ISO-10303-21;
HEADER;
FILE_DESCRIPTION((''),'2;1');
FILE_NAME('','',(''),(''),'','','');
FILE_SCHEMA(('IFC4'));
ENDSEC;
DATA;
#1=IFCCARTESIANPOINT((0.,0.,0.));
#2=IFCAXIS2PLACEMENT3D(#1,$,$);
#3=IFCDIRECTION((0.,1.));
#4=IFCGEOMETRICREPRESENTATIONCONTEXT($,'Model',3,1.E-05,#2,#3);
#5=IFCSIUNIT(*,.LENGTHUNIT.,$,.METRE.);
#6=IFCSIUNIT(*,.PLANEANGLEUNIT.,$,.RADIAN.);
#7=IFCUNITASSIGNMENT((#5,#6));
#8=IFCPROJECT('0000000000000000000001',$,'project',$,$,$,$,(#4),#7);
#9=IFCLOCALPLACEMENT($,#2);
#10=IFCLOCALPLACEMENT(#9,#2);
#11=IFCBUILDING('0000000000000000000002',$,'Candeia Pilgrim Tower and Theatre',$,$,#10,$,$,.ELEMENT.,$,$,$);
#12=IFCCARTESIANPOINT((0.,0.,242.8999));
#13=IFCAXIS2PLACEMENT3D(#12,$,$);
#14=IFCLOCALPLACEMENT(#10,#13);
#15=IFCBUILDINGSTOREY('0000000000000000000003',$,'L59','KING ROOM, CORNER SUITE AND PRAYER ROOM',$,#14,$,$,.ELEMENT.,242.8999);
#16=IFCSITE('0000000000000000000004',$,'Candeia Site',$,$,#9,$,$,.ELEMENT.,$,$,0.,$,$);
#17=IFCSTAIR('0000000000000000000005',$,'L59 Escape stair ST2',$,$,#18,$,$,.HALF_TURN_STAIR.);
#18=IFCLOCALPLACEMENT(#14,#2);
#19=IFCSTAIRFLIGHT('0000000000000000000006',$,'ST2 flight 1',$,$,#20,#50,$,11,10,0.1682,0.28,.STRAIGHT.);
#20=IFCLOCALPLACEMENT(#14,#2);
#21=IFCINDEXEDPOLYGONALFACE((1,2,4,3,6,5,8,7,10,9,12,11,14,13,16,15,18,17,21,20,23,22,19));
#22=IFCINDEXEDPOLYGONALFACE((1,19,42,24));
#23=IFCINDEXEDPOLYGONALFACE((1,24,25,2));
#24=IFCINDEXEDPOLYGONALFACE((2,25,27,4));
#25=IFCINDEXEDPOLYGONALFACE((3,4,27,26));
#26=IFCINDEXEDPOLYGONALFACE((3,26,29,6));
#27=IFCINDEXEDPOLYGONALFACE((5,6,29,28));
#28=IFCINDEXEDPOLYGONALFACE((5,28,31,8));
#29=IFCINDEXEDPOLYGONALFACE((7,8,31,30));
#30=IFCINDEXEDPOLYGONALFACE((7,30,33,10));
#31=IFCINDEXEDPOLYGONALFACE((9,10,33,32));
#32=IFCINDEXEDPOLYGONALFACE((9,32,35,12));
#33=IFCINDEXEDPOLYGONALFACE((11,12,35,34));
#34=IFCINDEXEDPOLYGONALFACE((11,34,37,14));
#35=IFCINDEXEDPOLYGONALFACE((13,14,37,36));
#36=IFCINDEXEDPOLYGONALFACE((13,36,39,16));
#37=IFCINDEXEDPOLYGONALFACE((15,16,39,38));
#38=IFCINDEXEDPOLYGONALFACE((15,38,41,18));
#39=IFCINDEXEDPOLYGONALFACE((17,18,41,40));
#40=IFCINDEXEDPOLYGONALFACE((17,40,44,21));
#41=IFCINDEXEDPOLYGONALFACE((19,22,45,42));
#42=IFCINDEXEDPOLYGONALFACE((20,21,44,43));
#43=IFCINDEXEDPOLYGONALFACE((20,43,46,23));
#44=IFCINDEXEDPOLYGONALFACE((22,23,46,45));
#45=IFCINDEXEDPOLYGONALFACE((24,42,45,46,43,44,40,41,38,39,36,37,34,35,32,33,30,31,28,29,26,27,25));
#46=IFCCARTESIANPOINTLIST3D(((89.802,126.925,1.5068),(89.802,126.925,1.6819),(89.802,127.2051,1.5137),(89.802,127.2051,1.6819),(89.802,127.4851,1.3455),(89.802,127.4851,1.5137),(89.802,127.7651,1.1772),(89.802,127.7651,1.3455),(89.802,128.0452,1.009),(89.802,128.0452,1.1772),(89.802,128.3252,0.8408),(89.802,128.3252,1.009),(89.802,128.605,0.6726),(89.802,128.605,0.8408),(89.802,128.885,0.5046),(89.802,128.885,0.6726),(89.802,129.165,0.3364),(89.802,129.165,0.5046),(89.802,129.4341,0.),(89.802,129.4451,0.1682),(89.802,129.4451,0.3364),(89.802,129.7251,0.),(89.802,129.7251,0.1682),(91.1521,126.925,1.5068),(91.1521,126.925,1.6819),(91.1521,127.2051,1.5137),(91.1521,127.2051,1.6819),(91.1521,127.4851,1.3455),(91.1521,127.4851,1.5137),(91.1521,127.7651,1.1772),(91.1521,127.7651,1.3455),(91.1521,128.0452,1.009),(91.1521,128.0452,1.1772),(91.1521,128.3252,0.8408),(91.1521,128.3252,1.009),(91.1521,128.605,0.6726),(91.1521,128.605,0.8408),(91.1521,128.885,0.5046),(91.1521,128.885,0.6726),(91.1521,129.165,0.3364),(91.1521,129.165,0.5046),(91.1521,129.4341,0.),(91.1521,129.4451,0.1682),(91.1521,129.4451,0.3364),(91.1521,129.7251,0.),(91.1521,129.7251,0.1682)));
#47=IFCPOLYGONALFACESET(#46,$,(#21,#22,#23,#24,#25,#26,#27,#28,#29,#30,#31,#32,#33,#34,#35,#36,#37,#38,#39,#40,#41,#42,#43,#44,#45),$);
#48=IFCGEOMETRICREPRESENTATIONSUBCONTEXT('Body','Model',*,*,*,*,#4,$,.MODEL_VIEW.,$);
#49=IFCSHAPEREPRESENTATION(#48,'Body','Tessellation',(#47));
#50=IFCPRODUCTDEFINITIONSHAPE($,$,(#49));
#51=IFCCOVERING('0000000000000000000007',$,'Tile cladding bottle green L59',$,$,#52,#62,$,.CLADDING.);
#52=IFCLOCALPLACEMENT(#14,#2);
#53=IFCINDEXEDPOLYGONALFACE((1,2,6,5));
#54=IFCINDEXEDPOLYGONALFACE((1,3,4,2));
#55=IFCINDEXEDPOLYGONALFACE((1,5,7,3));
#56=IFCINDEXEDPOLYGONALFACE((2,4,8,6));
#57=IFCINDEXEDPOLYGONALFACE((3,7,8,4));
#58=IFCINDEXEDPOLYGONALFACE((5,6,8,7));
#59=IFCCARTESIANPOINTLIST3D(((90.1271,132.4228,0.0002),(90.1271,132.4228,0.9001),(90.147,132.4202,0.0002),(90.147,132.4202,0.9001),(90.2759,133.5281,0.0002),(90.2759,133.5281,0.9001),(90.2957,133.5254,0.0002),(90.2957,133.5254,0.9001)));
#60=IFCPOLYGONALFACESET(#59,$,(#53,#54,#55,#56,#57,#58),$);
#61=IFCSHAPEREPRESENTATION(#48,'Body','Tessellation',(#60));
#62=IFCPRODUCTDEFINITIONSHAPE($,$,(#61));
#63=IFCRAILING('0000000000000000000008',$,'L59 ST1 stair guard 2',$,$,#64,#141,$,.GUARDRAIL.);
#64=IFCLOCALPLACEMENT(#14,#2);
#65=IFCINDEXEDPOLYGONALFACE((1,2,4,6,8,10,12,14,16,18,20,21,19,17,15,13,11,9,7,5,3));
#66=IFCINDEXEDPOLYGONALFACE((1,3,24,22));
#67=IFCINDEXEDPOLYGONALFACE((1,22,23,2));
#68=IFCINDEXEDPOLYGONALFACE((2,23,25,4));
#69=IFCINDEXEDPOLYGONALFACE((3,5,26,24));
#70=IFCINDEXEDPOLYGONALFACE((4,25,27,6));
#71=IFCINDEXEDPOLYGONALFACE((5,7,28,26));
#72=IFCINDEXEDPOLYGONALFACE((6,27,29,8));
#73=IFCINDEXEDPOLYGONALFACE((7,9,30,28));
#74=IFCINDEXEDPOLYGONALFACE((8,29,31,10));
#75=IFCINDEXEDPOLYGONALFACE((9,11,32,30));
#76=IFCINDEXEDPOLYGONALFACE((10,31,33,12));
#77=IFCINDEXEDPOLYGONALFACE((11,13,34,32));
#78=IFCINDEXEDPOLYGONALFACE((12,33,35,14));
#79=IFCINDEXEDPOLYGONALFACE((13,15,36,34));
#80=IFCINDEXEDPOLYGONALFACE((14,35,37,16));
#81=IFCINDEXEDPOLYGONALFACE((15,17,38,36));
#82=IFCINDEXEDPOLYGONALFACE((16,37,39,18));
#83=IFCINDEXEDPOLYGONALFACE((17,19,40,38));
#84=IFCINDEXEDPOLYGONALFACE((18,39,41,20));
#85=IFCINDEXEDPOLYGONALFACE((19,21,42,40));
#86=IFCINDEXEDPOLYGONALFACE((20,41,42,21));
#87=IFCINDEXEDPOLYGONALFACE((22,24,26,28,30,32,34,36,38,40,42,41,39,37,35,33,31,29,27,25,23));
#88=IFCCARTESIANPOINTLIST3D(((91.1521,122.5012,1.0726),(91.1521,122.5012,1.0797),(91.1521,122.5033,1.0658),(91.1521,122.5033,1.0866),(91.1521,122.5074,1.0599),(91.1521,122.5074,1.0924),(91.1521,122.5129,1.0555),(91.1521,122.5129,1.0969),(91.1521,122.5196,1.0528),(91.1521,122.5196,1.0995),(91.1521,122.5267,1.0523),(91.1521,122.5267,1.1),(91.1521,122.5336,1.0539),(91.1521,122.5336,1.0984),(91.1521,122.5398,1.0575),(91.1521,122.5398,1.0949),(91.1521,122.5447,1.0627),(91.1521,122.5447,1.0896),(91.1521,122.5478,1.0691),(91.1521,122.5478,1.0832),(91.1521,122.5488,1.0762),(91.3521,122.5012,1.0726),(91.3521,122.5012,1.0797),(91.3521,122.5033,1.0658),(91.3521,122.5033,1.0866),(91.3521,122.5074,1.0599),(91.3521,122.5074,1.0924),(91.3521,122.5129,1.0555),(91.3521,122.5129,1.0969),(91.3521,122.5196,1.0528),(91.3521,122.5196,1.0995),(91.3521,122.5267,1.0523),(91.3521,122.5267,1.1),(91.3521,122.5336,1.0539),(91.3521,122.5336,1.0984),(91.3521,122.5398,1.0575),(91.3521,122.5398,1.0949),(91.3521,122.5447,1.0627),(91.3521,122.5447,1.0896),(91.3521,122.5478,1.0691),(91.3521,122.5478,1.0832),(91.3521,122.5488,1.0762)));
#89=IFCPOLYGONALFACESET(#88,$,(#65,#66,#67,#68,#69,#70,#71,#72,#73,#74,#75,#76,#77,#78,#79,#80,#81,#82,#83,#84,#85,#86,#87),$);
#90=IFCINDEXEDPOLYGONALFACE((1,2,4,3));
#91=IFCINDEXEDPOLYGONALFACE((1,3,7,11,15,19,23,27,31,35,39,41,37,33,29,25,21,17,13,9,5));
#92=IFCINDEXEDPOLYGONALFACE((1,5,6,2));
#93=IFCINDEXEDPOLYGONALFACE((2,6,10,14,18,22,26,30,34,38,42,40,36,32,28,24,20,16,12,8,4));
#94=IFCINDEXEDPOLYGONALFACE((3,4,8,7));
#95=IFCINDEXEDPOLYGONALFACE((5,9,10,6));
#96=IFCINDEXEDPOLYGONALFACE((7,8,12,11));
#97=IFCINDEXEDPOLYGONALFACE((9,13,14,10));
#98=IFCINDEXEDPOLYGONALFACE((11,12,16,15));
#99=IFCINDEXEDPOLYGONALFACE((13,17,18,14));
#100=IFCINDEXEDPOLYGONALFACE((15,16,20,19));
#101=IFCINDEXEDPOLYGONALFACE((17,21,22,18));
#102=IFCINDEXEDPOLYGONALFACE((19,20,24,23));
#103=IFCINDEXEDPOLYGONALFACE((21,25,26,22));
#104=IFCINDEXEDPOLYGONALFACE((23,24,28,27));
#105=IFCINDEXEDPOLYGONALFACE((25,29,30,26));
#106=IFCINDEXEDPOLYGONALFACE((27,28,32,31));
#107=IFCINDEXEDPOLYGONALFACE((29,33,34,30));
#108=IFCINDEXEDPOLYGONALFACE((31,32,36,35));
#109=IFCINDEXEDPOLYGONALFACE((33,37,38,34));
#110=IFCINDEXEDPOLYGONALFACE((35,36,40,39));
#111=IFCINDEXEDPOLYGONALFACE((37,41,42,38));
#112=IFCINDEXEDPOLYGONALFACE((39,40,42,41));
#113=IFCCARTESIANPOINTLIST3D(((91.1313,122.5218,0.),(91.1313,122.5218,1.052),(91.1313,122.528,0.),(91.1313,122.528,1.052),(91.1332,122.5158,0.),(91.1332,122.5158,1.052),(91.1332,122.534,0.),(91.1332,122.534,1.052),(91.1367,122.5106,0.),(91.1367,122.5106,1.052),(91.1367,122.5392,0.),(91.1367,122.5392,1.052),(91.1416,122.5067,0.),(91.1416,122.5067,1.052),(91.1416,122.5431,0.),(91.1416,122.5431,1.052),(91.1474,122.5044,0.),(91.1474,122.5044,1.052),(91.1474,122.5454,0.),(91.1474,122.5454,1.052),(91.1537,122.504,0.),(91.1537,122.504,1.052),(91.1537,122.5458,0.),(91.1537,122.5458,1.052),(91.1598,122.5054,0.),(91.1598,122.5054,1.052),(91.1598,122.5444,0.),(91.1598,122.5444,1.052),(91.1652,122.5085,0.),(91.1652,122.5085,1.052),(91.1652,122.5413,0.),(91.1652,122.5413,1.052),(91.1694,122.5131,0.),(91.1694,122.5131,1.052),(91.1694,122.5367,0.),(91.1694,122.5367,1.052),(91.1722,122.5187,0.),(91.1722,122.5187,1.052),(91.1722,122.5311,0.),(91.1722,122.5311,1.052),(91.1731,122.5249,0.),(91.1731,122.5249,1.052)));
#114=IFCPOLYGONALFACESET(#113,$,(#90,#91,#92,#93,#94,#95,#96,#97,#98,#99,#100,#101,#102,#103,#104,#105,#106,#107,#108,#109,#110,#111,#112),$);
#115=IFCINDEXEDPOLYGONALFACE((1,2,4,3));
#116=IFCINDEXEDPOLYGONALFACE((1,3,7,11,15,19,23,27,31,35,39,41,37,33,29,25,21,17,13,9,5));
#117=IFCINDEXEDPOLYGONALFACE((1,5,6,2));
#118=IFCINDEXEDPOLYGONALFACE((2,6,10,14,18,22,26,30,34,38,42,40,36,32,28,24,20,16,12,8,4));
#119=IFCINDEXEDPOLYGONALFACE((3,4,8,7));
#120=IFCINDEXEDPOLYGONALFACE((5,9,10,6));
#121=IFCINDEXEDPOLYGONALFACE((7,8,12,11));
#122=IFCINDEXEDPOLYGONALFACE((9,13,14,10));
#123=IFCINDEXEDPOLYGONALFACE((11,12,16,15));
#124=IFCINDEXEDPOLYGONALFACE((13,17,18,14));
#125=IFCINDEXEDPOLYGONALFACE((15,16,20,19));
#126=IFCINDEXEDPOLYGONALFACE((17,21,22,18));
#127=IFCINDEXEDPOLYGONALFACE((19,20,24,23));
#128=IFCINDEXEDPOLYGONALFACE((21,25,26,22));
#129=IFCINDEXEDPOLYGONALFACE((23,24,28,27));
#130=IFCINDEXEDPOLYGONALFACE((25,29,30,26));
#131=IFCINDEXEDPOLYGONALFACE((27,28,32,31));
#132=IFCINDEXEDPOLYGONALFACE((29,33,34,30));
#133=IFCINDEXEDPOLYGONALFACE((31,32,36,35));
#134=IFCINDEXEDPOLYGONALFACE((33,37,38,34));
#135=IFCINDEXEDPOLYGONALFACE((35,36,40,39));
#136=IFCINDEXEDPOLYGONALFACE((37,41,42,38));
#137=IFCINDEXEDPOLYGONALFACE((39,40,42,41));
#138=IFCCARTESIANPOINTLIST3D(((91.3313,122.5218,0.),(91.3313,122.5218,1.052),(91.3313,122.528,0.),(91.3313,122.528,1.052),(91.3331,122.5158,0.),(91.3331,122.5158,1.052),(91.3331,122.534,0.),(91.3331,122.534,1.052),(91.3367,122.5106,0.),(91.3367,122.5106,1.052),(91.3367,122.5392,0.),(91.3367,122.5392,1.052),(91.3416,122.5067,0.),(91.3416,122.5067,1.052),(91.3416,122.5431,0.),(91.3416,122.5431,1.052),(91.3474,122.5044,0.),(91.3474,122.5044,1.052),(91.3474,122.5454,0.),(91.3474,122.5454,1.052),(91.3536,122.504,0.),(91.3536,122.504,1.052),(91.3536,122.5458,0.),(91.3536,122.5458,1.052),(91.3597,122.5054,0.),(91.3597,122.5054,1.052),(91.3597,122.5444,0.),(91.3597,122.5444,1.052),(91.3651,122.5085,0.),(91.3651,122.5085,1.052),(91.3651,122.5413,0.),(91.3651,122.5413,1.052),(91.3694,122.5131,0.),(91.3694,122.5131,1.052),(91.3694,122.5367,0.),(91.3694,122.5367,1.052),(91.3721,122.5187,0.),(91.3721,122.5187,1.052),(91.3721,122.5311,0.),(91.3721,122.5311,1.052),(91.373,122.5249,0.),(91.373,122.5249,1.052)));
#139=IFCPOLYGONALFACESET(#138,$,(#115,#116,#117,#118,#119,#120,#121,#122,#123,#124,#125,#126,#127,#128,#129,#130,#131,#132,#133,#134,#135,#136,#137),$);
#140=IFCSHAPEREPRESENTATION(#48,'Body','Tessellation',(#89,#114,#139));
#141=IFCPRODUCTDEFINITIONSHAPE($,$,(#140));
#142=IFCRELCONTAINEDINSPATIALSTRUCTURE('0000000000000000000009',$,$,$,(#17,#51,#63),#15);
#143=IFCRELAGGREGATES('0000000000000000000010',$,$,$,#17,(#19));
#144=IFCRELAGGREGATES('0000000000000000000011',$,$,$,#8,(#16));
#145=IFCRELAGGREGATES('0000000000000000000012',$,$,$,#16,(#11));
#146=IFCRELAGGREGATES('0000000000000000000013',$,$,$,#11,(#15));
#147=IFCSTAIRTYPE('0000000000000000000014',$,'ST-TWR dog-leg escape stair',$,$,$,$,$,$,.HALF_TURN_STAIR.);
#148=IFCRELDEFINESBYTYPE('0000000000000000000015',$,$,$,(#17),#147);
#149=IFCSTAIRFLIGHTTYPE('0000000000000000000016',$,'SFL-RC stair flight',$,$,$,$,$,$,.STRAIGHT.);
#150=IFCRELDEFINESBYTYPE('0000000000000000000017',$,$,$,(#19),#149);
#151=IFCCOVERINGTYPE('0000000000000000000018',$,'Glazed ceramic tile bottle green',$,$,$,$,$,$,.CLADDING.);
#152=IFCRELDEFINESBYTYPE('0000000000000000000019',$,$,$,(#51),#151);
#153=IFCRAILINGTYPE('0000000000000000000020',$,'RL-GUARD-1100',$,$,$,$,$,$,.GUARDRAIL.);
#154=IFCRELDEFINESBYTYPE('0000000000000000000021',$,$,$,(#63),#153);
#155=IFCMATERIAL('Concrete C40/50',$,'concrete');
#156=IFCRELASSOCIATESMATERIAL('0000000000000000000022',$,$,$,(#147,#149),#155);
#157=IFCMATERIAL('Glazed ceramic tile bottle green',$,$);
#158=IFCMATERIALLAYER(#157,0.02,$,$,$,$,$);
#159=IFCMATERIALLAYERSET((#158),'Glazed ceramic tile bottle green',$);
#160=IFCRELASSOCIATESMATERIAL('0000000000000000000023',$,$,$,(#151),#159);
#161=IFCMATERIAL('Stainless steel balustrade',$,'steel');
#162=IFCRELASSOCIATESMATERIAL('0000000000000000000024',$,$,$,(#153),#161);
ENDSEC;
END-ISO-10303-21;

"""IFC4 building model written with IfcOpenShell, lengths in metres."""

from ifc_helpers import new_model, si_unit, direction, frame, origin, origin_2d, place, context, subcontext, project, spatial, polyline, rectangle, circle, outline, extrude, material, layer, layer_set, type_object, element, aggregate, save


model = new_model("IFC4")

# Units and contexts
model_context = context("Model", 3, precision=1e-05, world=origin(), true_north=direction((0.0, 1.0)))
body_context = subcontext(model_context, "Body", "Model", "MODEL_VIEW")
ifc_project = project(units=[si_unit("LENGTHUNIT", "METRE"), si_unit("PLANEANGLEUNIT", "RADIAN")], contexts=[model_context])

# Site, building, storey
site_placement = place(None, origin())
site = spatial("IfcSite", under=ifc_project, at=site_placement, Name="Candeia Site", CompositionType="ELEMENT", RefElevation=0.0)
building_placement = place(site_placement, origin())
building = spatial("IfcBuilding", under=site, at=building_placement, Name="Candeia Pilgrim Tower and Theatre", CompositionType="ELEMENT")
storey_placement = place(building_placement, frame((0.0, 0.0, 242.8999)))
storey = spatial("IfcBuildingStorey", under=building, at=storey_placement, Name="L59", Description="KING ROOM, CORNER SUITE AND PRAYER ROOM", CompositionType="ELEMENT", Elevation=242.8999)

# Shared definitions
ifc_material_1 = material(Name="Concrete C40/50", Category="concrete")

# Shared definitions
stair_type = type_object("IfcStairType", Name="ST-TWR dog-leg escape stair", PredefinedType="HALF_TURN_STAIR", material=ifc_material_1)
stair_flight_type = type_object("IfcStairFlightType", Name="SFL-RC stair flight", PredefinedType="STRAIGHT", material=ifc_material_1)

# Stair, stair flight
stair_1_placement = place(storey_placement, origin())
stair_1 = element("IfcStair", 1, at=stair_1_placement, inside=storey, type_object=stair_type, Name="L59 Escape stair ST2", PredefinedType="HALF_TURN_STAIR")
stair_flight_1_placement = place(storey_placement, frame((90.4771, 129.7251, 0.0), z_axis=(0.0, 0.0, 1.0), x_axis=(0.0, -1.0, 0.0)))
stair_flight_1 = element("IfcStairFlight", 2, at=stair_flight_1_placement, type_object=stair_flight_type, Name="ST2 flight 1", NumberOfRisers=11, NumberOfTreads=10, PredefinedType="STRAIGHT", RiserHeight=0.1682, TreadLength=0.28, context=body_context, shape_type="SweptSolid", body=[
    extrude(outline(polyline([(0.0, 0.0), (0.0, 0.1682), (0.28, 0.1682), (0.28, 0.3364), (0.5601, 0.3364), (0.5601, 0.5046), (0.8401, 0.5046), (0.8401, 0.6726), (1.1201, 0.6726), (1.1201, 0.8408), (1.3999, 0.8408), (1.3999, 1.009), (1.6799, 1.009), (1.6799, 1.1772), (1.96, 1.1772), (1.96, 1.3455), (2.24, 1.3455), (2.24, 1.5137), (2.52, 1.5137), (2.52, 1.6819), (2.8, 1.6819), (2.8, 1.8501), (2.8, 1.5068), (0.291, 0.0), (0.0, 0.0)])), frame((0.0, 0.675, 0.0), z_axis=(0.0, -1.0, 0.0), x_axis=(1.0, 0.0, 0.0)), (0.0, 0.0, 1.0), 1.3501),
])
aggregate(stair_1, [stair_flight_1])

# Shared definitions
ifc_material_2 = material(Name="Stainless steel balustrade", Category="steel")

# Covering
ifc_material_3 = material(Name="Glazed ceramic tile bottle green")
ifc_layer_1 = layer(ifc_material_3, 0.02)
ifc_layer_set_1 = layer_set([ifc_layer_1], Name="Glazed ceramic tile bottle green")
covering_type = type_object("IfcCoveringType", Name="Glazed ceramic tile bottle green", PredefinedType="CLADDING", material=ifc_layer_set_1)
covering_placement = place(storey_placement, frame((90.2114, 132.9741, 0.0002), z_axis=(0.0, 0.0, 1.0), x_axis=(-0.133412, -0.991061, 0.0)))
element("IfcCovering", 3, at=covering_placement, inside=storey, type_object=covering_type, Name="Tile cladding bottle green L59", PredefinedType="CLADDING", context=body_context, shape_type="SweptSolid", body=[
    extrude(rectangle(XDim=1.1152, YDim=0.02, at=origin_2d()), origin(), (0.0, 0.0, 1.0), 0.8999),
])

# Railing
railing_type_1 = type_object("IfcRailingType", Name="RL-GUARD-1100", PredefinedType="GUARDRAIL", material=ifc_material_2)
railing_1_placement = place(storey_placement, frame((91.1521, 122.5249, 0.0)))
element("IfcRailing", 4, at=railing_1_placement, inside=storey, type_object=railing_type_1, Name="L59 ST1 stair guard 2", PredefinedType="GUARDRAIL", context=body_context, shape_type="SweptSolid", body=[
    extrude(circle(Radius=0.0239, at=origin_2d()), frame((0.0, 0.0, 1.0762), z_axis=(1.0, 0.0, 0.0), x_axis=(0.0, 1.0, 0.0)), (0.0, 0.0, 1.0), 0.2),
    extrude(circle(Radius=0.021, at=origin_2d()), origin(), (0.0, 0.0, 1.0), 1.052),
    extrude(circle(Radius=0.021, at=origin_2d()), frame((0.2, 0.0, 0.0)), (0.0, 0.0, 1.0), 1.052),
])

save(model, "model.ifc")
